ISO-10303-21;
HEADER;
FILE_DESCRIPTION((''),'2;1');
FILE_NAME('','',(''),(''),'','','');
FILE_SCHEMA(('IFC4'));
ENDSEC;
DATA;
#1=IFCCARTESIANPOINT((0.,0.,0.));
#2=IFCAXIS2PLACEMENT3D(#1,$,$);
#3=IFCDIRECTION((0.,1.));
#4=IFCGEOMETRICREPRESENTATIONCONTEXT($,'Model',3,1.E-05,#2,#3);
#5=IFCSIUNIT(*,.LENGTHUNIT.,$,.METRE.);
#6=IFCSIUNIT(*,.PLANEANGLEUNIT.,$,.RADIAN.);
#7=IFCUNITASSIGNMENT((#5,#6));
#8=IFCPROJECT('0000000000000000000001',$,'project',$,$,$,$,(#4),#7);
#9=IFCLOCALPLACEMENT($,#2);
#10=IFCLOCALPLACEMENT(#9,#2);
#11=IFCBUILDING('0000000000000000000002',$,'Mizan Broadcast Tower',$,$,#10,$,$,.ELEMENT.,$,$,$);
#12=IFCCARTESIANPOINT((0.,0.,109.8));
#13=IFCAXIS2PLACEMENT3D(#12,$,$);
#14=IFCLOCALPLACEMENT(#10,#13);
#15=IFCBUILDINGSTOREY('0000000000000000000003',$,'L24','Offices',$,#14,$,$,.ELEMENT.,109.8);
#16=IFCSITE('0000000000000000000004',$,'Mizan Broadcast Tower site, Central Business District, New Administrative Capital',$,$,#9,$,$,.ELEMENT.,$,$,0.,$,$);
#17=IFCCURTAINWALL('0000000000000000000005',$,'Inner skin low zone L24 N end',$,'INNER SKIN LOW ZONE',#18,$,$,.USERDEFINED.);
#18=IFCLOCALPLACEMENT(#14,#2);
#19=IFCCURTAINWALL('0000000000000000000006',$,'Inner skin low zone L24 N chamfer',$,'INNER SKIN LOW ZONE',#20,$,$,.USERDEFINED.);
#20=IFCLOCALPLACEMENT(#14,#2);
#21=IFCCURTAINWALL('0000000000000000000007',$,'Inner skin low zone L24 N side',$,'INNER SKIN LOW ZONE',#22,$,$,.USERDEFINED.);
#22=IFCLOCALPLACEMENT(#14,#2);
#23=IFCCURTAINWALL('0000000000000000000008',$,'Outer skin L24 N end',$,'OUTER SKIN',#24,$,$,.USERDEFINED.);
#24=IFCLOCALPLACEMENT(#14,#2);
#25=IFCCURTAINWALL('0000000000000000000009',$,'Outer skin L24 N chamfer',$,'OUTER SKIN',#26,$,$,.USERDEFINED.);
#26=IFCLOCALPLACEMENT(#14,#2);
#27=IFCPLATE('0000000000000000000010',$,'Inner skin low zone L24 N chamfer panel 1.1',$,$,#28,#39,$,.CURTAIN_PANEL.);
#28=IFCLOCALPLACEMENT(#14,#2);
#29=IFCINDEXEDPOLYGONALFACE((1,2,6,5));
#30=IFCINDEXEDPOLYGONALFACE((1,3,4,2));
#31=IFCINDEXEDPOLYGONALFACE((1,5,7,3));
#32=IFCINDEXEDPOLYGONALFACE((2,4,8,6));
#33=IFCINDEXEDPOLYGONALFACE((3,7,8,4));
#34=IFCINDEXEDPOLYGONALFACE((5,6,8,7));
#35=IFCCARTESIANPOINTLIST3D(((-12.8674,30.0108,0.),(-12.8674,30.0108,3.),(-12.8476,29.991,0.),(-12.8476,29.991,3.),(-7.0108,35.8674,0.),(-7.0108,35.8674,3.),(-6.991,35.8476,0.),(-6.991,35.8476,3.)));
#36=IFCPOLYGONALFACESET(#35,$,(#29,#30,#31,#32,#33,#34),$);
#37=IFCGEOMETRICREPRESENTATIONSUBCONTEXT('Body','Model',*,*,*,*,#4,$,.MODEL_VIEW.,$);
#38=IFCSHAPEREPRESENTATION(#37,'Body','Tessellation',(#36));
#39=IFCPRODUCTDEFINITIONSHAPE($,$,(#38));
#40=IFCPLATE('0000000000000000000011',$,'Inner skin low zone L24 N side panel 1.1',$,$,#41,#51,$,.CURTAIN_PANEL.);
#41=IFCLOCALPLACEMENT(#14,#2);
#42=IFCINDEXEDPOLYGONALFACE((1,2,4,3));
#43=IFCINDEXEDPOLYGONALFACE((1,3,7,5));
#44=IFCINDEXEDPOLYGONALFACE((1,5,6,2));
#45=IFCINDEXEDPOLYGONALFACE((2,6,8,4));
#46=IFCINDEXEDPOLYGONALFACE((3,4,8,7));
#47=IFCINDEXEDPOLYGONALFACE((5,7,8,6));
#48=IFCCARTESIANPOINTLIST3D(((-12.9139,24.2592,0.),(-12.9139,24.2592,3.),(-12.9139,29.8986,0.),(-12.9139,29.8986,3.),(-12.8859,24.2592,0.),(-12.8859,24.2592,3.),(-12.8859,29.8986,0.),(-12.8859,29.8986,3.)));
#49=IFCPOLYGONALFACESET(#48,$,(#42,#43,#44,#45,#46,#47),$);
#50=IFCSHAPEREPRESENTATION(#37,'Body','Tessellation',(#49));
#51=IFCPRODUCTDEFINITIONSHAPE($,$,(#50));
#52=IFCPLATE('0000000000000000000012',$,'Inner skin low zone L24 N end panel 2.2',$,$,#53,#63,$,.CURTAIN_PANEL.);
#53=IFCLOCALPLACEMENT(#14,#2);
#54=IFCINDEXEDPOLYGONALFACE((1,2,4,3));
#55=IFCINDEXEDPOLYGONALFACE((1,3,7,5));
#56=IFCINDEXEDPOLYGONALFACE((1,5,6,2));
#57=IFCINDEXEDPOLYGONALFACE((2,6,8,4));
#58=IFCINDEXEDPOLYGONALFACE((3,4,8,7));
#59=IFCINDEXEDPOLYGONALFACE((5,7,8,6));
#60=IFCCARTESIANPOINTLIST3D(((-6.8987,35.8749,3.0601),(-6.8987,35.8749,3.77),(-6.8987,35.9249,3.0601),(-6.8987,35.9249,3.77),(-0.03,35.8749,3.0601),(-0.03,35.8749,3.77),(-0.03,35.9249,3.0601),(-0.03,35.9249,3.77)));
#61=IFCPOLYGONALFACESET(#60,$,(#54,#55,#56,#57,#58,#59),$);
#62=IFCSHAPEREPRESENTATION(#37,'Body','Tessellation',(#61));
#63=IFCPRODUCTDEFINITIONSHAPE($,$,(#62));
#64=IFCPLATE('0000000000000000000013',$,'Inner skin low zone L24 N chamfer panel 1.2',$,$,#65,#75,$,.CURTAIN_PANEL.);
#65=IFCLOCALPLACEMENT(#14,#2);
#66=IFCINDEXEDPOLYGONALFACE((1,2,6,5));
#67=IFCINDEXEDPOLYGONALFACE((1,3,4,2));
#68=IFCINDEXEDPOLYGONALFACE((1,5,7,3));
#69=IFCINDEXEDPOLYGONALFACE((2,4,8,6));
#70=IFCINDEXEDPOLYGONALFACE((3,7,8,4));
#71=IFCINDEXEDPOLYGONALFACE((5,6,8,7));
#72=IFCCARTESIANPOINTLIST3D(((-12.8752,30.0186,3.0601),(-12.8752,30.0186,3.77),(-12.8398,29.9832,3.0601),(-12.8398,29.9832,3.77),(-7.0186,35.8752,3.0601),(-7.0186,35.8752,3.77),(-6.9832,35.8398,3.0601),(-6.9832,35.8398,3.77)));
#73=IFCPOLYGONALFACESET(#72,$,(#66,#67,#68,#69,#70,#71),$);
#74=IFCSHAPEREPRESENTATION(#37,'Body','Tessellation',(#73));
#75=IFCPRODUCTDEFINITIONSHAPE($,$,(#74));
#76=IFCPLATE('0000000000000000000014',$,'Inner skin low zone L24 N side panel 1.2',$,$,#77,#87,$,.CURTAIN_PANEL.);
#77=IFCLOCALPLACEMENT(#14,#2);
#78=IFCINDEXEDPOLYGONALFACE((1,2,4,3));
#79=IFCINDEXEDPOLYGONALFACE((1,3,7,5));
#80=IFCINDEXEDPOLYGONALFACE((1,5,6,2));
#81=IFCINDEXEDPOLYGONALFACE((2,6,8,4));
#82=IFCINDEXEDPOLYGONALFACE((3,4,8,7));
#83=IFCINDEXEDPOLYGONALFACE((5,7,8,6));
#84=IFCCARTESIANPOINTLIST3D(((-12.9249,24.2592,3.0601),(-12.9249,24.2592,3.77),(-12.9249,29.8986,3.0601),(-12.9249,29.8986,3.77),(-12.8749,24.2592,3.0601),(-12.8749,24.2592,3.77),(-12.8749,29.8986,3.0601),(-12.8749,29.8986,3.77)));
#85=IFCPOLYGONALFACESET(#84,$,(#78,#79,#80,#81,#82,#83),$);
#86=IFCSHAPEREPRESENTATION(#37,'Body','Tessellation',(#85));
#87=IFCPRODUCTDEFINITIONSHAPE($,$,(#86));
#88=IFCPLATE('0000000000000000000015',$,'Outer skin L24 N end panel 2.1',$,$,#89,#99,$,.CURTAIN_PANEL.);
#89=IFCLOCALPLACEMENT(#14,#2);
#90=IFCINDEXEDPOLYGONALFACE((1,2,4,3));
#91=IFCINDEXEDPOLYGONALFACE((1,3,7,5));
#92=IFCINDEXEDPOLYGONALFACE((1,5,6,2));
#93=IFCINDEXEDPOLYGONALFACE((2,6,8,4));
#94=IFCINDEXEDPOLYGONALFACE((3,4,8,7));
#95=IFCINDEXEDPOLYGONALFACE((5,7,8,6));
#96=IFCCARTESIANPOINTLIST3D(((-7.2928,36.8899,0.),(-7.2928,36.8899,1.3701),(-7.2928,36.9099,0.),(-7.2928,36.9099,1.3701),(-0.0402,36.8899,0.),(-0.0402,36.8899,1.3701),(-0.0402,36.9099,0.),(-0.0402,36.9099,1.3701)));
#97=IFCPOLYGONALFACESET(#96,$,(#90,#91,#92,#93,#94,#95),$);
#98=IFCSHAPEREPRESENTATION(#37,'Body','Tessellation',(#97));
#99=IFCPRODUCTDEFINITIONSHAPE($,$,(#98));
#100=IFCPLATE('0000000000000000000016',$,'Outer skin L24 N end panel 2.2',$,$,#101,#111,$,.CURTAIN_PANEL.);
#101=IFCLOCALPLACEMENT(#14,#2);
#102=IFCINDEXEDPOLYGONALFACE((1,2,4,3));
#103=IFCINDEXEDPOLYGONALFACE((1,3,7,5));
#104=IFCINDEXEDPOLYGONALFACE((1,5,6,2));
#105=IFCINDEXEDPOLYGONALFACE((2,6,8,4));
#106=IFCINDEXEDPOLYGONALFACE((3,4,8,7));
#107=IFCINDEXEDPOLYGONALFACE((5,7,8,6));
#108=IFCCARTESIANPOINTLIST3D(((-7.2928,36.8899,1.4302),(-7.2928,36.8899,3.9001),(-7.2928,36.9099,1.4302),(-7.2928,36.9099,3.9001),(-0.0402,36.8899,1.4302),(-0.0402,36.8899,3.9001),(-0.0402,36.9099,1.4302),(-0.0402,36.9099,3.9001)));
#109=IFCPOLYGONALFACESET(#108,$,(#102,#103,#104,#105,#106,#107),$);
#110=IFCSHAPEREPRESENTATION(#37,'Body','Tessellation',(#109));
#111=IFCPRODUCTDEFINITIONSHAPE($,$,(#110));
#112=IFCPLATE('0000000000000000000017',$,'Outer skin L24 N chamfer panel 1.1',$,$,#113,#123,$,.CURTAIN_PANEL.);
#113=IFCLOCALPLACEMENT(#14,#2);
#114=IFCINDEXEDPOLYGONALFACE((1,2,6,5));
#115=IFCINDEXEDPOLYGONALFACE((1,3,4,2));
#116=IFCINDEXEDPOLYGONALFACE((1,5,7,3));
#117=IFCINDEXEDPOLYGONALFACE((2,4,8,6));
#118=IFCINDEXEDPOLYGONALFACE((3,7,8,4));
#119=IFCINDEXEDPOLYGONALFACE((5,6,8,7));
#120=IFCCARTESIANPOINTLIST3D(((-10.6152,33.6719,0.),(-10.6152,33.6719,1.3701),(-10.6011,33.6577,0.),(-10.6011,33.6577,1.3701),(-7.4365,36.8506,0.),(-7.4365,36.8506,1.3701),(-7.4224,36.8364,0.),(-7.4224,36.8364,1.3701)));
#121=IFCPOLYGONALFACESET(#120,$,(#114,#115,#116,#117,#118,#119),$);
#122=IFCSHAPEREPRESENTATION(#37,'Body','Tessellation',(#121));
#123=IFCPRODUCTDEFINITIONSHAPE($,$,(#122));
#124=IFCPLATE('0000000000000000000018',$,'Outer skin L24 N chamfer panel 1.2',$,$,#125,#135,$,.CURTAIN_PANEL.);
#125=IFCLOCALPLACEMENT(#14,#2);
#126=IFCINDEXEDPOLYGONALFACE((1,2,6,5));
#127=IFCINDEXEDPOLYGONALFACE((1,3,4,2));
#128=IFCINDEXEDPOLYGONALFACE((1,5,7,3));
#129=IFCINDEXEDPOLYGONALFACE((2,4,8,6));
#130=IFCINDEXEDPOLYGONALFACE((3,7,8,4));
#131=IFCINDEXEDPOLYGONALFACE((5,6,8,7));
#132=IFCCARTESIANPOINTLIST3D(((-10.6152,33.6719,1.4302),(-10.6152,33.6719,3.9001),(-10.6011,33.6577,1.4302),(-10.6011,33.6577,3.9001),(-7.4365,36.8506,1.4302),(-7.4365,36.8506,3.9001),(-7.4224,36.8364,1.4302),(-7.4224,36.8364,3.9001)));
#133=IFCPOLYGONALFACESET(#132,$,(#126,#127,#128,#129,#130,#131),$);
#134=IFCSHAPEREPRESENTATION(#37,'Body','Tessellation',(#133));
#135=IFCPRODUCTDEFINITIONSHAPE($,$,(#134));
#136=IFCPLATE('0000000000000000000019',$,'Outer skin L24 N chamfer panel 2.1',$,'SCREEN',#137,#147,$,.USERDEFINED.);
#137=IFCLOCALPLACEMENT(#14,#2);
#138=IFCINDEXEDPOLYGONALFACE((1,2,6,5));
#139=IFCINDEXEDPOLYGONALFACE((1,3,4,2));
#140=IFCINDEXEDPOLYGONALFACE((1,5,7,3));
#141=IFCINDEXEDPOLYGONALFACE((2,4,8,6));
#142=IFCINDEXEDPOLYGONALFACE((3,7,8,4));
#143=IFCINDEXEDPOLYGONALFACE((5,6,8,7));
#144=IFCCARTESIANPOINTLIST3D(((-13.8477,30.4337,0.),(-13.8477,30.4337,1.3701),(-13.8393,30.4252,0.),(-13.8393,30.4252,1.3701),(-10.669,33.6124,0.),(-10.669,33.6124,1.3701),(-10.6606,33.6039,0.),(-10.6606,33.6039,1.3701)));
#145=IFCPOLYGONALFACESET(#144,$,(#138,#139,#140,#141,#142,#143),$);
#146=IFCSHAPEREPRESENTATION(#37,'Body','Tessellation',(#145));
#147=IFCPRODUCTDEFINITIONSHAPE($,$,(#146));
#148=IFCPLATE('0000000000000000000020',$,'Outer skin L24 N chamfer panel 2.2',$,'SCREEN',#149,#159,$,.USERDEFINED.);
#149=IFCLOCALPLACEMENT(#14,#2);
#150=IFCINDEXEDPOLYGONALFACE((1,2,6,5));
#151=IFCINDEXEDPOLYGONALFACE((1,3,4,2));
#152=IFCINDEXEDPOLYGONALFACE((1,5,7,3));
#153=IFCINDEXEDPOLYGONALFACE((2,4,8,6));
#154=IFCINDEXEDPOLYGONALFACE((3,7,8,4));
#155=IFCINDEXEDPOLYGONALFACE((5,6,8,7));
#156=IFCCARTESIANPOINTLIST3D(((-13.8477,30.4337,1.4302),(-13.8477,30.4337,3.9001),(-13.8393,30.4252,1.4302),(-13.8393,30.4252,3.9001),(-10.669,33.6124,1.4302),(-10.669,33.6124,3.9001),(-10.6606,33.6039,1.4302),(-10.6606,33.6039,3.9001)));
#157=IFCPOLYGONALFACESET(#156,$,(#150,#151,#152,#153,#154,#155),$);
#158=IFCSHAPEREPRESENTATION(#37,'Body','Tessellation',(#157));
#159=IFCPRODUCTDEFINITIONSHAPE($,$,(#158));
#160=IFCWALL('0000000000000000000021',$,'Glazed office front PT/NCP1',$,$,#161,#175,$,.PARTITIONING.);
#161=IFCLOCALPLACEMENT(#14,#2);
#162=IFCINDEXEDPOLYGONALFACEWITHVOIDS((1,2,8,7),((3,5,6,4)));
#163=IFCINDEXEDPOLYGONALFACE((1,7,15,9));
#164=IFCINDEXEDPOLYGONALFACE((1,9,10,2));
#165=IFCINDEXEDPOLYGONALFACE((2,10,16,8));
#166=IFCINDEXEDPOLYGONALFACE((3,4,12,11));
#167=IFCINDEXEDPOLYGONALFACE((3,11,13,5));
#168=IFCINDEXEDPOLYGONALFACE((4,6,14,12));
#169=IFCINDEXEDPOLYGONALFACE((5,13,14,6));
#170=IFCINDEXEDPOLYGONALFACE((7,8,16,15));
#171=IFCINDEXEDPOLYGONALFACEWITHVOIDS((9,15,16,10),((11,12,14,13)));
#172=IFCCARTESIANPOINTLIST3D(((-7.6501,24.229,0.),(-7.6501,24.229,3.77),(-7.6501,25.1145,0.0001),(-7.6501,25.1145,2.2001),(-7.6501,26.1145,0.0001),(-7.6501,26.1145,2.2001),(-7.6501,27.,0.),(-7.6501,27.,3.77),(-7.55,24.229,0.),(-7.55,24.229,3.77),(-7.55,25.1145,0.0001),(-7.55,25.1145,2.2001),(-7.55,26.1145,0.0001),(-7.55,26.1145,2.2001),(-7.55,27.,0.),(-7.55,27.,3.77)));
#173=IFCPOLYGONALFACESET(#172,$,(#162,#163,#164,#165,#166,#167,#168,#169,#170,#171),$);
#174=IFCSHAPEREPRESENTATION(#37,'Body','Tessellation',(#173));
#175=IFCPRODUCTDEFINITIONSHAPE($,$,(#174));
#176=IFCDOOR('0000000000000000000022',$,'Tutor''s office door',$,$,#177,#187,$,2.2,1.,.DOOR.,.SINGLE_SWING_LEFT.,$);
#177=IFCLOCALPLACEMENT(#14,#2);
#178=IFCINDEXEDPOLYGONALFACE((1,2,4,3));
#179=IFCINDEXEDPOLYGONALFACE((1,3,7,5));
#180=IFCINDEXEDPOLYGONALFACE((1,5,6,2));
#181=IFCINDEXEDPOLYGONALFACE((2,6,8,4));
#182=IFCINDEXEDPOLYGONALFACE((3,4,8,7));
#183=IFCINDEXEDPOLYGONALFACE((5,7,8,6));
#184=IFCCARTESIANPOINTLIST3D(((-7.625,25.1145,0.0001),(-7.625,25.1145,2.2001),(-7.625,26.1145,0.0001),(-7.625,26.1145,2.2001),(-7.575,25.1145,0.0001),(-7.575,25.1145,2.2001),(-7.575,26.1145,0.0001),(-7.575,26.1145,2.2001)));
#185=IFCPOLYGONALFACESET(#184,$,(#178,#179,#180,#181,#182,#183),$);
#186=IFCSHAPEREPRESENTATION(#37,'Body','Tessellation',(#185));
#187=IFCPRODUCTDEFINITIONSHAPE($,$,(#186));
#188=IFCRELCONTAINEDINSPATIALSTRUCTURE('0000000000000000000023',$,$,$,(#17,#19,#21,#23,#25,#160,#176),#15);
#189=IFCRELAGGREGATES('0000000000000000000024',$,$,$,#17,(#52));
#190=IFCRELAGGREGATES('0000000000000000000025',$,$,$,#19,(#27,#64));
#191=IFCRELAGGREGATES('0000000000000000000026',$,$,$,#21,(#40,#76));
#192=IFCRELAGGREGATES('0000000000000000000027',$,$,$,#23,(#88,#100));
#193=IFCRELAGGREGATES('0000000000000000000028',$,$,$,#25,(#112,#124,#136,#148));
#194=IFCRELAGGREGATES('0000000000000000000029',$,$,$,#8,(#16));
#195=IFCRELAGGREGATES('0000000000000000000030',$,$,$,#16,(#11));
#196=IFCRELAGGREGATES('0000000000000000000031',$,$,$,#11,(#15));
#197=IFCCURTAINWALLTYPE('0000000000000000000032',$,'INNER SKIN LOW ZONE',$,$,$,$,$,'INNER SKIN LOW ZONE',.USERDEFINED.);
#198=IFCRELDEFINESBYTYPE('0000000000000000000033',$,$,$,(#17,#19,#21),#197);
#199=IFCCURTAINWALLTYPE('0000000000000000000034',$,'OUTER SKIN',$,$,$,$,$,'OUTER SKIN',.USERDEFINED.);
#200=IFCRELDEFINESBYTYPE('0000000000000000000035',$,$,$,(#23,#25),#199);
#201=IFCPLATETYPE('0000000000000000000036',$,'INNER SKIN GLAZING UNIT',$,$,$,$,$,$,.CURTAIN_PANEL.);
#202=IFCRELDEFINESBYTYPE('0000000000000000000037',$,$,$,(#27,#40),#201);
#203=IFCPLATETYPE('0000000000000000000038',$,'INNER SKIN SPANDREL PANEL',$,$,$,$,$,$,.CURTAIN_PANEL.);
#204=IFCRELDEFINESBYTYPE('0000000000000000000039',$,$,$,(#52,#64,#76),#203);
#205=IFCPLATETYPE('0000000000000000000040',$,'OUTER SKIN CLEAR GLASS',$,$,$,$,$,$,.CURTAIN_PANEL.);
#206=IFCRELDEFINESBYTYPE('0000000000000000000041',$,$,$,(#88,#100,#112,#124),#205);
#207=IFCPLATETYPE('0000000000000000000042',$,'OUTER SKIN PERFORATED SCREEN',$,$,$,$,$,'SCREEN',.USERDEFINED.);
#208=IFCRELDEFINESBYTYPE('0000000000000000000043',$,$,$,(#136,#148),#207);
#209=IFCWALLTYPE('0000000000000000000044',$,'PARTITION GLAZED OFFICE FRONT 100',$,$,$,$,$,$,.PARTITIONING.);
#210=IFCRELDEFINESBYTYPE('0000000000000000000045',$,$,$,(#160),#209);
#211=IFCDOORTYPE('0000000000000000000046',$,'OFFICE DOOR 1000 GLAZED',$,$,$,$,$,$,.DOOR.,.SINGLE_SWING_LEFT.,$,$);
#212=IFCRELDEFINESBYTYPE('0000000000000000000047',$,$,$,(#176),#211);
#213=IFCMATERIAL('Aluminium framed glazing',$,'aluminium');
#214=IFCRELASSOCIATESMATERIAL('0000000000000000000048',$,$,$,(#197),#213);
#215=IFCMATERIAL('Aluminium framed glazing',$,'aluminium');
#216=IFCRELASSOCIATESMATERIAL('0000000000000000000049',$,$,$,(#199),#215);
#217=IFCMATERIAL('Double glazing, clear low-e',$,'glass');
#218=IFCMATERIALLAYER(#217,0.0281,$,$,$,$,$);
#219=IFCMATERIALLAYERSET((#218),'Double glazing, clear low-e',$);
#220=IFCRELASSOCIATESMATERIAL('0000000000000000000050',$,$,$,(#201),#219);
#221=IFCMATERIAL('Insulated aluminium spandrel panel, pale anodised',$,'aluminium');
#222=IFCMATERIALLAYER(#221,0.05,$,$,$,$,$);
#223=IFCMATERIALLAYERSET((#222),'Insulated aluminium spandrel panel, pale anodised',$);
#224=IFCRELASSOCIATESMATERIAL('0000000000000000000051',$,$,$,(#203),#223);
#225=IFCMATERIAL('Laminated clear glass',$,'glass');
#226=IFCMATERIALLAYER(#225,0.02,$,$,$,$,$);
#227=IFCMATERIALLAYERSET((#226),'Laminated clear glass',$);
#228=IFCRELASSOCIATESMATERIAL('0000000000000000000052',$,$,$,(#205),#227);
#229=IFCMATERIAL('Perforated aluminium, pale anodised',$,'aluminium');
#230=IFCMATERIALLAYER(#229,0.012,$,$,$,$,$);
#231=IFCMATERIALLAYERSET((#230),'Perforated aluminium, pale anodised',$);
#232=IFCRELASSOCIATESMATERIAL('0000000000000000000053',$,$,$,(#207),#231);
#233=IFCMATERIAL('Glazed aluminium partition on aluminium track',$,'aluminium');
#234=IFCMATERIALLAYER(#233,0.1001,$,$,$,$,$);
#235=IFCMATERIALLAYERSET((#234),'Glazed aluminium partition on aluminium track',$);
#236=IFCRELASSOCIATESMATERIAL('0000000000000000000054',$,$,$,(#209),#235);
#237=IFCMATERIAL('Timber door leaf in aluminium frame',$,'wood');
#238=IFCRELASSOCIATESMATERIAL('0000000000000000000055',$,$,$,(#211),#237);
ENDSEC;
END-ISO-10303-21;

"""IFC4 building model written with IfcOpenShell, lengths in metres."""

from ifc_helpers import new_model, si_unit, direction, frame, frame_2d, origin, origin_2d, place, context, subcontext, project, spatial, rectangle, extrude, material, layer, layer_set, type_object, element, fill, aggregate, save


model = new_model("IFC4")

# Units and contexts
model_context = context("Model", 3, precision=1e-05, world=origin(), true_north=direction((0.0, 1.0)))
body_context = subcontext(model_context, "Body", "Model", "MODEL_VIEW")
ifc_project = project(units=[si_unit("LENGTHUNIT", "METRE"), si_unit("PLANEANGLEUNIT", "RADIAN")], contexts=[model_context])

# Site, building, storey
site_placement = place(None, origin())
site = spatial("IfcSite", under=ifc_project, at=site_placement, Name="Mizan Broadcast Tower site, Central Business District, New Administrative Capital", CompositionType="ELEMENT", RefElevation=0.0)
building_placement = place(site_placement, origin())
building = spatial("IfcBuilding", under=site, at=building_placement, Name="Mizan Broadcast Tower", CompositionType="ELEMENT")
storey_placement = place(building_placement, frame((0.0, 0.0, 109.8)))
storey = spatial("IfcBuildingStorey", under=building, at=storey_placement, Name="L24", Description="Offices", CompositionType="ELEMENT", Elevation=109.8)

# Curtain walls
ifc_material_1 = material(Name="Aluminium framed glazing", Category="aluminium")
curtain_wall_type_1 = type_object("IfcCurtainWallType", Name="INNER SKIN LOW ZONE", ElementType="INNER SKIN LOW ZONE", PredefinedType="USERDEFINED", material=ifc_material_1)
curtain_wall_1_placement = place(storey_placement, origin())
curtain_wall_1 = element("IfcCurtainWall", 1, at=curtain_wall_1_placement, inside=storey, type_object=curtain_wall_type_1, Name="Inner skin low zone L24 N end", ObjectType="INNER SKIN LOW ZONE", PredefinedType="USERDEFINED")
curtain_wall_2_placement = place(storey_placement, origin())
curtain_wall_2 = element("IfcCurtainWall", 2, at=curtain_wall_2_placement, inside=storey, type_object=curtain_wall_type_1, Name="Inner skin low zone L24 N chamfer", ObjectType="INNER SKIN LOW ZONE", PredefinedType="USERDEFINED")
curtain_wall_3_placement = place(storey_placement, origin())
curtain_wall_3 = element("IfcCurtainWall", 3, at=curtain_wall_3_placement, inside=storey, type_object=curtain_wall_type_1, Name="Inner skin low zone L24 N side", ObjectType="INNER SKIN LOW ZONE", PredefinedType="USERDEFINED")

# Curtain walls
ifc_material_2 = material(Name="Aluminium framed glazing", Category="aluminium")
curtain_wall_type_2 = type_object("IfcCurtainWallType", Name="OUTER SKIN", ElementType="OUTER SKIN", PredefinedType="USERDEFINED", material=ifc_material_2)
curtain_wall_4_placement = place(storey_placement, origin())
curtain_wall_4 = element("IfcCurtainWall", 4, at=curtain_wall_4_placement, inside=storey, type_object=curtain_wall_type_2, Name="Outer skin L24 N end", ObjectType="OUTER SKIN", PredefinedType="USERDEFINED")
curtain_wall_5_placement = place(storey_placement, origin())
curtain_wall_5 = element("IfcCurtainWall", 5, at=curtain_wall_5_placement, inside=storey, type_object=curtain_wall_type_2, Name="Outer skin L24 N chamfer", ObjectType="OUTER SKIN", PredefinedType="USERDEFINED")

# Plates
ifc_material_3 = material(Name="Double glazing, clear low-e", Category="glass")
ifc_layer_1 = layer(ifc_material_3, 0.0281)
ifc_layer_set_1 = layer_set([ifc_layer_1], Name="Double glazing, clear low-e")
plate_type_1 = type_object("IfcPlateType", Name="INNER SKIN GLAZING UNIT", PredefinedType="CURTAIN_PANEL", material=ifc_layer_set_1)
plate_1_placement = place(storey_placement, frame((-9.9292, 32.9292, 0.0), z_axis=(0.0, 0.0, 1.0), x_axis=(-0.707107, -0.707107, 0.0)))
plate_1 = element("IfcPlate", 6, at=plate_1_placement, type_object=plate_type_1, Name="Inner skin low zone L24 N chamfer panel 1.1", PredefinedType="CURTAIN_PANEL", context=body_context, shape_type="SweptSolid", body=[
    extrude(rectangle(XDim=8.2825, YDim=0.0281, at=origin_2d()), origin(), (0.0, 0.0, 1.0), 3.0),
])
plate_2_placement = place(storey_placement, frame((-12.8999, 27.0789, 0.0), z_axis=(0.0, 0.0, 1.0), x_axis=(0.0, -1.0, 0.0)))
plate_2 = element("IfcPlate", 7, at=plate_2_placement, type_object=plate_type_1, Name="Inner skin low zone L24 N side panel 1.1", PredefinedType="CURTAIN_PANEL", context=body_context, shape_type="SweptSolid", body=[
    extrude(rectangle(XDim=5.6394, YDim=0.0281, at=origin_2d()), origin(), (0.0, 0.0, 1.0), 3.0),
])
ifc_material_4 = material(Name="Insulated aluminium spandrel panel, pale anodised", Category="aluminium")
ifc_layer_2 = layer(ifc_material_4, 0.05)
ifc_layer_set_2 = layer_set([ifc_layer_2], Name="Insulated aluminium spandrel panel, pale anodised")
plate_type_2 = type_object("IfcPlateType", Name="INNER SKIN SPANDREL PANEL", PredefinedType="CURTAIN_PANEL", material=ifc_layer_set_2)
plate_3_placement = place(storey_placement, frame((-3.4644, 35.8999, 3.0601), z_axis=(0.0, 0.0, 1.0), x_axis=(-1.0, 0.0, 0.0)))
plate_3 = element("IfcPlate", 8, at=plate_3_placement, type_object=plate_type_2, Name="Inner skin low zone L24 N end panel 2.2", PredefinedType="CURTAIN_PANEL", context=body_context, shape_type="SweptSolid", body=[
    extrude(rectangle(XDim=6.8687, YDim=0.05, at=origin_2d()), origin(), (0.0, 0.0, 1.0), 0.71),
])
aggregate(curtain_wall_1, [plate_3])
plate_4_placement = place(storey_placement, frame((-9.9292, 32.9292, 3.0601), z_axis=(0.0, 0.0, 1.0), x_axis=(-0.707107, -0.707107, 0.0)))
plate_4 = element("IfcPlate", 9, at=plate_4_placement, type_object=plate_type_2, Name="Inner skin low zone L24 N chamfer panel 1.2", PredefinedType="CURTAIN_PANEL", context=body_context, shape_type="SweptSolid", body=[
    extrude(rectangle(XDim=8.2825, YDim=0.05, at=origin_2d()), origin(), (0.0, 0.0, 1.0), 0.71),
])
aggregate(curtain_wall_2, [plate_1, plate_4])
plate_5_placement = place(storey_placement, frame((-12.8999, 27.0789, 3.0601), z_axis=(0.0, 0.0, 1.0), x_axis=(0.0, -1.0, 0.0)))
plate_5 = element("IfcPlate", 10, at=plate_5_placement, type_object=plate_type_2, Name="Inner skin low zone L24 N side panel 1.2", PredefinedType="CURTAIN_PANEL", context=body_context, shape_type="SweptSolid", body=[
    extrude(rectangle(XDim=5.6394, YDim=0.05, at=origin_2d()), origin(), (0.0, 0.0, 1.0), 0.71),
])
aggregate(curtain_wall_3, [plate_2, plate_5])
ifc_material_5 = material(Name="Laminated clear glass", Category="glass")
ifc_layer_3 = layer(ifc_material_5, 0.02)
ifc_layer_set_3 = layer_set([ifc_layer_3], Name="Laminated clear glass")
plate_type_3 = type_object("IfcPlateType", Name="OUTER SKIN CLEAR GLASS", PredefinedType="CURTAIN_PANEL", material=ifc_layer_set_3)
plate_6_placement = place(storey_placement, frame((-3.6665, 36.8999, 0.0), z_axis=(0.0, 0.0, 1.0), x_axis=(-1.0, 0.0, 0.0)))
plate_6 = element("IfcPlate", 11, at=plate_6_placement, type_object=plate_type_3, Name="Outer skin L24 N end panel 2.1", PredefinedType="CURTAIN_PANEL", context=body_context, shape_type="SweptSolid", body=[
    extrude(rectangle(XDim=7.2527, YDim=0.02, at=origin_2d()), origin(), (0.0, 0.0, 1.0), 1.3701),
])
plate_7_placement = place(storey_placement, frame((-3.6665, 36.8999, 1.4302), z_axis=(0.0, 0.0, 1.0), x_axis=(-1.0, 0.0, 0.0)))
plate_7 = element("IfcPlate", 12, at=plate_7_placement, type_object=plate_type_3, Name="Outer skin L24 N end panel 2.2", PredefinedType="CURTAIN_PANEL", context=body_context, shape_type="SweptSolid", body=[
    extrude(rectangle(XDim=7.2527, YDim=0.02, at=origin_2d()), origin(), (0.0, 0.0, 1.0), 2.47),
])
aggregate(curtain_wall_4, [plate_6, plate_7])
plate_8_placement = place(storey_placement, frame((-9.0188, 35.2542, 0.0), z_axis=(0.0, 0.0, 1.0), x_axis=(-0.707107, -0.707107, 0.0)))
plate_8 = element("IfcPlate", 13, at=plate_8_placement, type_object=plate_type_3, Name="Outer skin L24 N chamfer panel 1.1", PredefinedType="CURTAIN_PANEL", context=body_context, shape_type="SweptSolid", body=[
    extrude(rectangle(XDim=4.4954, YDim=0.02, at=origin_2d()), origin(), (0.0, 0.0, 1.0), 1.3701),
])
plate_9_placement = place(storey_placement, frame((-9.0188, 35.2542, 1.4302), z_axis=(0.0, 0.0, 1.0), x_axis=(-0.707107, -0.707107, 0.0)))
plate_9 = element("IfcPlate", 14, at=plate_9_placement, type_object=plate_type_3, Name="Outer skin L24 N chamfer panel 1.2", PredefinedType="CURTAIN_PANEL", context=body_context, shape_type="SweptSolid", body=[
    extrude(rectangle(XDim=4.4954, YDim=0.02, at=origin_2d()), origin(), (0.0, 0.0, 1.0), 2.47),
])
ifc_material_6 = material(Name="Perforated aluminium, pale anodised", Category="aluminium")
ifc_layer_4 = layer(ifc_material_6, 0.012)
ifc_layer_set_4 = layer_set([ifc_layer_4], Name="Perforated aluminium, pale anodised")
plate_type_4 = type_object("IfcPlateType", Name="OUTER SKIN PERFORATED SCREEN", ElementType="SCREEN", PredefinedType="USERDEFINED", material=ifc_layer_set_4)
plate_10_placement = place(storey_placement, frame((-12.2542, 32.0188, 0.0), z_axis=(0.0, 0.0, 1.0), x_axis=(-0.707107, -0.707107, 0.0)))
plate_10 = element("IfcPlate", 15, at=plate_10_placement, type_object=plate_type_4, Name="Outer skin L24 N chamfer panel 2.1", ObjectType="SCREEN", PredefinedType="USERDEFINED", context=body_context, shape_type="SweptSolid", body=[
    extrude(rectangle(XDim=4.4954, YDim=0.012, at=origin_2d()), origin(), (0.0, 0.0, 1.0), 1.3701),
])
plate_11_placement = place(storey_placement, frame((-12.2542, 32.0188, 1.4302), z_axis=(0.0, 0.0, 1.0), x_axis=(-0.707107, -0.707107, 0.0)))
plate_11 = element("IfcPlate", 16, at=plate_11_placement, type_object=plate_type_4, Name="Outer skin L24 N chamfer panel 2.2", ObjectType="SCREEN", PredefinedType="USERDEFINED", context=body_context, shape_type="SweptSolid", body=[
    extrude(rectangle(XDim=4.4954, YDim=0.012, at=origin_2d()), origin(), (0.0, 0.0, 1.0), 2.47),
])
aggregate(curtain_wall_5, [plate_8, plate_9, plate_10, plate_11])

# Wall, opening, door
ifc_material_7 = material(Name="Glazed aluminium partition on aluminium track", Category="aluminium")
ifc_layer_5 = layer(ifc_material_7, 0.1001)
ifc_layer_set_5 = layer_set([ifc_layer_5], Name="Glazed aluminium partition on aluminium track")
wall_type = type_object("IfcWallType", Name="PARTITION GLAZED OFFICE FRONT 100", PredefinedType="PARTITIONING", material=ifc_layer_set_5)
wall_1_placement = place(storey_placement, frame((-7.6001, 24.229, 0.0), z_axis=(0.0, 0.0, 1.0), x_axis=(0.0, 1.0, 0.0)))
wall_1 = element("IfcWall", 17, at=wall_1_placement, inside=storey, type_object=wall_type, Name="Glazed office front PT/NCP1", PredefinedType="PARTITIONING", context=body_context, shape_type="SweptSolid", body=[
    extrude(rectangle(XDim=2.771, YDim=0.1001, at=frame_2d((1.3855, 0.0))), origin(), (0.0, 0.0, 1.0), 3.77),
])
opening_placement = place(wall_1_placement, frame((0.8855, 0.0, 0.0)))
opening = element("IfcOpeningElement", 18, at=opening_placement, cuts=wall_1, PredefinedType="OPENING", context=body_context, shape_type="SweptSolid", body=[
    extrude(rectangle(XDim=1.0, YDim=2.2, at=frame_2d((0.5, 1.1001))), frame((0.0, 0.0601, 0.0), z_axis=(0.0, -1.0, 0.0), x_axis=(1.0, 0.0, 0.0)), (0.0, 0.0, 1.0), 0.1201),
])
ifc_material_8 = material(Name="Timber door leaf in aluminium frame", Category="wood")
door_type = type_object("IfcDoorType", Name="OFFICE DOOR 1000 GLAZED", OperationType="SINGLE_SWING_LEFT", PredefinedType="DOOR", material=ifc_material_8)
door_placement = place(opening_placement, origin())
door = element("IfcDoor", 19, at=door_placement, inside=storey, type_object=door_type, Name="Tutor's office door", OperationType="SINGLE_SWING_LEFT", OverallHeight=2.2, OverallWidth=1.0, PredefinedType="DOOR", context=body_context, shape_type="SweptSolid", body=[
    extrude(rectangle(XDim=1.0, YDim=2.2, at=frame_2d((0.5, 1.1001))), frame((0.0, 0.0249, 0.0), z_axis=(0.0, -1.0, 0.0), x_axis=(1.0, 0.0, 0.0)), (0.0, 0.0, 1.0), 0.05),
])
fill(opening, door)

save(model, "model.ifc")
